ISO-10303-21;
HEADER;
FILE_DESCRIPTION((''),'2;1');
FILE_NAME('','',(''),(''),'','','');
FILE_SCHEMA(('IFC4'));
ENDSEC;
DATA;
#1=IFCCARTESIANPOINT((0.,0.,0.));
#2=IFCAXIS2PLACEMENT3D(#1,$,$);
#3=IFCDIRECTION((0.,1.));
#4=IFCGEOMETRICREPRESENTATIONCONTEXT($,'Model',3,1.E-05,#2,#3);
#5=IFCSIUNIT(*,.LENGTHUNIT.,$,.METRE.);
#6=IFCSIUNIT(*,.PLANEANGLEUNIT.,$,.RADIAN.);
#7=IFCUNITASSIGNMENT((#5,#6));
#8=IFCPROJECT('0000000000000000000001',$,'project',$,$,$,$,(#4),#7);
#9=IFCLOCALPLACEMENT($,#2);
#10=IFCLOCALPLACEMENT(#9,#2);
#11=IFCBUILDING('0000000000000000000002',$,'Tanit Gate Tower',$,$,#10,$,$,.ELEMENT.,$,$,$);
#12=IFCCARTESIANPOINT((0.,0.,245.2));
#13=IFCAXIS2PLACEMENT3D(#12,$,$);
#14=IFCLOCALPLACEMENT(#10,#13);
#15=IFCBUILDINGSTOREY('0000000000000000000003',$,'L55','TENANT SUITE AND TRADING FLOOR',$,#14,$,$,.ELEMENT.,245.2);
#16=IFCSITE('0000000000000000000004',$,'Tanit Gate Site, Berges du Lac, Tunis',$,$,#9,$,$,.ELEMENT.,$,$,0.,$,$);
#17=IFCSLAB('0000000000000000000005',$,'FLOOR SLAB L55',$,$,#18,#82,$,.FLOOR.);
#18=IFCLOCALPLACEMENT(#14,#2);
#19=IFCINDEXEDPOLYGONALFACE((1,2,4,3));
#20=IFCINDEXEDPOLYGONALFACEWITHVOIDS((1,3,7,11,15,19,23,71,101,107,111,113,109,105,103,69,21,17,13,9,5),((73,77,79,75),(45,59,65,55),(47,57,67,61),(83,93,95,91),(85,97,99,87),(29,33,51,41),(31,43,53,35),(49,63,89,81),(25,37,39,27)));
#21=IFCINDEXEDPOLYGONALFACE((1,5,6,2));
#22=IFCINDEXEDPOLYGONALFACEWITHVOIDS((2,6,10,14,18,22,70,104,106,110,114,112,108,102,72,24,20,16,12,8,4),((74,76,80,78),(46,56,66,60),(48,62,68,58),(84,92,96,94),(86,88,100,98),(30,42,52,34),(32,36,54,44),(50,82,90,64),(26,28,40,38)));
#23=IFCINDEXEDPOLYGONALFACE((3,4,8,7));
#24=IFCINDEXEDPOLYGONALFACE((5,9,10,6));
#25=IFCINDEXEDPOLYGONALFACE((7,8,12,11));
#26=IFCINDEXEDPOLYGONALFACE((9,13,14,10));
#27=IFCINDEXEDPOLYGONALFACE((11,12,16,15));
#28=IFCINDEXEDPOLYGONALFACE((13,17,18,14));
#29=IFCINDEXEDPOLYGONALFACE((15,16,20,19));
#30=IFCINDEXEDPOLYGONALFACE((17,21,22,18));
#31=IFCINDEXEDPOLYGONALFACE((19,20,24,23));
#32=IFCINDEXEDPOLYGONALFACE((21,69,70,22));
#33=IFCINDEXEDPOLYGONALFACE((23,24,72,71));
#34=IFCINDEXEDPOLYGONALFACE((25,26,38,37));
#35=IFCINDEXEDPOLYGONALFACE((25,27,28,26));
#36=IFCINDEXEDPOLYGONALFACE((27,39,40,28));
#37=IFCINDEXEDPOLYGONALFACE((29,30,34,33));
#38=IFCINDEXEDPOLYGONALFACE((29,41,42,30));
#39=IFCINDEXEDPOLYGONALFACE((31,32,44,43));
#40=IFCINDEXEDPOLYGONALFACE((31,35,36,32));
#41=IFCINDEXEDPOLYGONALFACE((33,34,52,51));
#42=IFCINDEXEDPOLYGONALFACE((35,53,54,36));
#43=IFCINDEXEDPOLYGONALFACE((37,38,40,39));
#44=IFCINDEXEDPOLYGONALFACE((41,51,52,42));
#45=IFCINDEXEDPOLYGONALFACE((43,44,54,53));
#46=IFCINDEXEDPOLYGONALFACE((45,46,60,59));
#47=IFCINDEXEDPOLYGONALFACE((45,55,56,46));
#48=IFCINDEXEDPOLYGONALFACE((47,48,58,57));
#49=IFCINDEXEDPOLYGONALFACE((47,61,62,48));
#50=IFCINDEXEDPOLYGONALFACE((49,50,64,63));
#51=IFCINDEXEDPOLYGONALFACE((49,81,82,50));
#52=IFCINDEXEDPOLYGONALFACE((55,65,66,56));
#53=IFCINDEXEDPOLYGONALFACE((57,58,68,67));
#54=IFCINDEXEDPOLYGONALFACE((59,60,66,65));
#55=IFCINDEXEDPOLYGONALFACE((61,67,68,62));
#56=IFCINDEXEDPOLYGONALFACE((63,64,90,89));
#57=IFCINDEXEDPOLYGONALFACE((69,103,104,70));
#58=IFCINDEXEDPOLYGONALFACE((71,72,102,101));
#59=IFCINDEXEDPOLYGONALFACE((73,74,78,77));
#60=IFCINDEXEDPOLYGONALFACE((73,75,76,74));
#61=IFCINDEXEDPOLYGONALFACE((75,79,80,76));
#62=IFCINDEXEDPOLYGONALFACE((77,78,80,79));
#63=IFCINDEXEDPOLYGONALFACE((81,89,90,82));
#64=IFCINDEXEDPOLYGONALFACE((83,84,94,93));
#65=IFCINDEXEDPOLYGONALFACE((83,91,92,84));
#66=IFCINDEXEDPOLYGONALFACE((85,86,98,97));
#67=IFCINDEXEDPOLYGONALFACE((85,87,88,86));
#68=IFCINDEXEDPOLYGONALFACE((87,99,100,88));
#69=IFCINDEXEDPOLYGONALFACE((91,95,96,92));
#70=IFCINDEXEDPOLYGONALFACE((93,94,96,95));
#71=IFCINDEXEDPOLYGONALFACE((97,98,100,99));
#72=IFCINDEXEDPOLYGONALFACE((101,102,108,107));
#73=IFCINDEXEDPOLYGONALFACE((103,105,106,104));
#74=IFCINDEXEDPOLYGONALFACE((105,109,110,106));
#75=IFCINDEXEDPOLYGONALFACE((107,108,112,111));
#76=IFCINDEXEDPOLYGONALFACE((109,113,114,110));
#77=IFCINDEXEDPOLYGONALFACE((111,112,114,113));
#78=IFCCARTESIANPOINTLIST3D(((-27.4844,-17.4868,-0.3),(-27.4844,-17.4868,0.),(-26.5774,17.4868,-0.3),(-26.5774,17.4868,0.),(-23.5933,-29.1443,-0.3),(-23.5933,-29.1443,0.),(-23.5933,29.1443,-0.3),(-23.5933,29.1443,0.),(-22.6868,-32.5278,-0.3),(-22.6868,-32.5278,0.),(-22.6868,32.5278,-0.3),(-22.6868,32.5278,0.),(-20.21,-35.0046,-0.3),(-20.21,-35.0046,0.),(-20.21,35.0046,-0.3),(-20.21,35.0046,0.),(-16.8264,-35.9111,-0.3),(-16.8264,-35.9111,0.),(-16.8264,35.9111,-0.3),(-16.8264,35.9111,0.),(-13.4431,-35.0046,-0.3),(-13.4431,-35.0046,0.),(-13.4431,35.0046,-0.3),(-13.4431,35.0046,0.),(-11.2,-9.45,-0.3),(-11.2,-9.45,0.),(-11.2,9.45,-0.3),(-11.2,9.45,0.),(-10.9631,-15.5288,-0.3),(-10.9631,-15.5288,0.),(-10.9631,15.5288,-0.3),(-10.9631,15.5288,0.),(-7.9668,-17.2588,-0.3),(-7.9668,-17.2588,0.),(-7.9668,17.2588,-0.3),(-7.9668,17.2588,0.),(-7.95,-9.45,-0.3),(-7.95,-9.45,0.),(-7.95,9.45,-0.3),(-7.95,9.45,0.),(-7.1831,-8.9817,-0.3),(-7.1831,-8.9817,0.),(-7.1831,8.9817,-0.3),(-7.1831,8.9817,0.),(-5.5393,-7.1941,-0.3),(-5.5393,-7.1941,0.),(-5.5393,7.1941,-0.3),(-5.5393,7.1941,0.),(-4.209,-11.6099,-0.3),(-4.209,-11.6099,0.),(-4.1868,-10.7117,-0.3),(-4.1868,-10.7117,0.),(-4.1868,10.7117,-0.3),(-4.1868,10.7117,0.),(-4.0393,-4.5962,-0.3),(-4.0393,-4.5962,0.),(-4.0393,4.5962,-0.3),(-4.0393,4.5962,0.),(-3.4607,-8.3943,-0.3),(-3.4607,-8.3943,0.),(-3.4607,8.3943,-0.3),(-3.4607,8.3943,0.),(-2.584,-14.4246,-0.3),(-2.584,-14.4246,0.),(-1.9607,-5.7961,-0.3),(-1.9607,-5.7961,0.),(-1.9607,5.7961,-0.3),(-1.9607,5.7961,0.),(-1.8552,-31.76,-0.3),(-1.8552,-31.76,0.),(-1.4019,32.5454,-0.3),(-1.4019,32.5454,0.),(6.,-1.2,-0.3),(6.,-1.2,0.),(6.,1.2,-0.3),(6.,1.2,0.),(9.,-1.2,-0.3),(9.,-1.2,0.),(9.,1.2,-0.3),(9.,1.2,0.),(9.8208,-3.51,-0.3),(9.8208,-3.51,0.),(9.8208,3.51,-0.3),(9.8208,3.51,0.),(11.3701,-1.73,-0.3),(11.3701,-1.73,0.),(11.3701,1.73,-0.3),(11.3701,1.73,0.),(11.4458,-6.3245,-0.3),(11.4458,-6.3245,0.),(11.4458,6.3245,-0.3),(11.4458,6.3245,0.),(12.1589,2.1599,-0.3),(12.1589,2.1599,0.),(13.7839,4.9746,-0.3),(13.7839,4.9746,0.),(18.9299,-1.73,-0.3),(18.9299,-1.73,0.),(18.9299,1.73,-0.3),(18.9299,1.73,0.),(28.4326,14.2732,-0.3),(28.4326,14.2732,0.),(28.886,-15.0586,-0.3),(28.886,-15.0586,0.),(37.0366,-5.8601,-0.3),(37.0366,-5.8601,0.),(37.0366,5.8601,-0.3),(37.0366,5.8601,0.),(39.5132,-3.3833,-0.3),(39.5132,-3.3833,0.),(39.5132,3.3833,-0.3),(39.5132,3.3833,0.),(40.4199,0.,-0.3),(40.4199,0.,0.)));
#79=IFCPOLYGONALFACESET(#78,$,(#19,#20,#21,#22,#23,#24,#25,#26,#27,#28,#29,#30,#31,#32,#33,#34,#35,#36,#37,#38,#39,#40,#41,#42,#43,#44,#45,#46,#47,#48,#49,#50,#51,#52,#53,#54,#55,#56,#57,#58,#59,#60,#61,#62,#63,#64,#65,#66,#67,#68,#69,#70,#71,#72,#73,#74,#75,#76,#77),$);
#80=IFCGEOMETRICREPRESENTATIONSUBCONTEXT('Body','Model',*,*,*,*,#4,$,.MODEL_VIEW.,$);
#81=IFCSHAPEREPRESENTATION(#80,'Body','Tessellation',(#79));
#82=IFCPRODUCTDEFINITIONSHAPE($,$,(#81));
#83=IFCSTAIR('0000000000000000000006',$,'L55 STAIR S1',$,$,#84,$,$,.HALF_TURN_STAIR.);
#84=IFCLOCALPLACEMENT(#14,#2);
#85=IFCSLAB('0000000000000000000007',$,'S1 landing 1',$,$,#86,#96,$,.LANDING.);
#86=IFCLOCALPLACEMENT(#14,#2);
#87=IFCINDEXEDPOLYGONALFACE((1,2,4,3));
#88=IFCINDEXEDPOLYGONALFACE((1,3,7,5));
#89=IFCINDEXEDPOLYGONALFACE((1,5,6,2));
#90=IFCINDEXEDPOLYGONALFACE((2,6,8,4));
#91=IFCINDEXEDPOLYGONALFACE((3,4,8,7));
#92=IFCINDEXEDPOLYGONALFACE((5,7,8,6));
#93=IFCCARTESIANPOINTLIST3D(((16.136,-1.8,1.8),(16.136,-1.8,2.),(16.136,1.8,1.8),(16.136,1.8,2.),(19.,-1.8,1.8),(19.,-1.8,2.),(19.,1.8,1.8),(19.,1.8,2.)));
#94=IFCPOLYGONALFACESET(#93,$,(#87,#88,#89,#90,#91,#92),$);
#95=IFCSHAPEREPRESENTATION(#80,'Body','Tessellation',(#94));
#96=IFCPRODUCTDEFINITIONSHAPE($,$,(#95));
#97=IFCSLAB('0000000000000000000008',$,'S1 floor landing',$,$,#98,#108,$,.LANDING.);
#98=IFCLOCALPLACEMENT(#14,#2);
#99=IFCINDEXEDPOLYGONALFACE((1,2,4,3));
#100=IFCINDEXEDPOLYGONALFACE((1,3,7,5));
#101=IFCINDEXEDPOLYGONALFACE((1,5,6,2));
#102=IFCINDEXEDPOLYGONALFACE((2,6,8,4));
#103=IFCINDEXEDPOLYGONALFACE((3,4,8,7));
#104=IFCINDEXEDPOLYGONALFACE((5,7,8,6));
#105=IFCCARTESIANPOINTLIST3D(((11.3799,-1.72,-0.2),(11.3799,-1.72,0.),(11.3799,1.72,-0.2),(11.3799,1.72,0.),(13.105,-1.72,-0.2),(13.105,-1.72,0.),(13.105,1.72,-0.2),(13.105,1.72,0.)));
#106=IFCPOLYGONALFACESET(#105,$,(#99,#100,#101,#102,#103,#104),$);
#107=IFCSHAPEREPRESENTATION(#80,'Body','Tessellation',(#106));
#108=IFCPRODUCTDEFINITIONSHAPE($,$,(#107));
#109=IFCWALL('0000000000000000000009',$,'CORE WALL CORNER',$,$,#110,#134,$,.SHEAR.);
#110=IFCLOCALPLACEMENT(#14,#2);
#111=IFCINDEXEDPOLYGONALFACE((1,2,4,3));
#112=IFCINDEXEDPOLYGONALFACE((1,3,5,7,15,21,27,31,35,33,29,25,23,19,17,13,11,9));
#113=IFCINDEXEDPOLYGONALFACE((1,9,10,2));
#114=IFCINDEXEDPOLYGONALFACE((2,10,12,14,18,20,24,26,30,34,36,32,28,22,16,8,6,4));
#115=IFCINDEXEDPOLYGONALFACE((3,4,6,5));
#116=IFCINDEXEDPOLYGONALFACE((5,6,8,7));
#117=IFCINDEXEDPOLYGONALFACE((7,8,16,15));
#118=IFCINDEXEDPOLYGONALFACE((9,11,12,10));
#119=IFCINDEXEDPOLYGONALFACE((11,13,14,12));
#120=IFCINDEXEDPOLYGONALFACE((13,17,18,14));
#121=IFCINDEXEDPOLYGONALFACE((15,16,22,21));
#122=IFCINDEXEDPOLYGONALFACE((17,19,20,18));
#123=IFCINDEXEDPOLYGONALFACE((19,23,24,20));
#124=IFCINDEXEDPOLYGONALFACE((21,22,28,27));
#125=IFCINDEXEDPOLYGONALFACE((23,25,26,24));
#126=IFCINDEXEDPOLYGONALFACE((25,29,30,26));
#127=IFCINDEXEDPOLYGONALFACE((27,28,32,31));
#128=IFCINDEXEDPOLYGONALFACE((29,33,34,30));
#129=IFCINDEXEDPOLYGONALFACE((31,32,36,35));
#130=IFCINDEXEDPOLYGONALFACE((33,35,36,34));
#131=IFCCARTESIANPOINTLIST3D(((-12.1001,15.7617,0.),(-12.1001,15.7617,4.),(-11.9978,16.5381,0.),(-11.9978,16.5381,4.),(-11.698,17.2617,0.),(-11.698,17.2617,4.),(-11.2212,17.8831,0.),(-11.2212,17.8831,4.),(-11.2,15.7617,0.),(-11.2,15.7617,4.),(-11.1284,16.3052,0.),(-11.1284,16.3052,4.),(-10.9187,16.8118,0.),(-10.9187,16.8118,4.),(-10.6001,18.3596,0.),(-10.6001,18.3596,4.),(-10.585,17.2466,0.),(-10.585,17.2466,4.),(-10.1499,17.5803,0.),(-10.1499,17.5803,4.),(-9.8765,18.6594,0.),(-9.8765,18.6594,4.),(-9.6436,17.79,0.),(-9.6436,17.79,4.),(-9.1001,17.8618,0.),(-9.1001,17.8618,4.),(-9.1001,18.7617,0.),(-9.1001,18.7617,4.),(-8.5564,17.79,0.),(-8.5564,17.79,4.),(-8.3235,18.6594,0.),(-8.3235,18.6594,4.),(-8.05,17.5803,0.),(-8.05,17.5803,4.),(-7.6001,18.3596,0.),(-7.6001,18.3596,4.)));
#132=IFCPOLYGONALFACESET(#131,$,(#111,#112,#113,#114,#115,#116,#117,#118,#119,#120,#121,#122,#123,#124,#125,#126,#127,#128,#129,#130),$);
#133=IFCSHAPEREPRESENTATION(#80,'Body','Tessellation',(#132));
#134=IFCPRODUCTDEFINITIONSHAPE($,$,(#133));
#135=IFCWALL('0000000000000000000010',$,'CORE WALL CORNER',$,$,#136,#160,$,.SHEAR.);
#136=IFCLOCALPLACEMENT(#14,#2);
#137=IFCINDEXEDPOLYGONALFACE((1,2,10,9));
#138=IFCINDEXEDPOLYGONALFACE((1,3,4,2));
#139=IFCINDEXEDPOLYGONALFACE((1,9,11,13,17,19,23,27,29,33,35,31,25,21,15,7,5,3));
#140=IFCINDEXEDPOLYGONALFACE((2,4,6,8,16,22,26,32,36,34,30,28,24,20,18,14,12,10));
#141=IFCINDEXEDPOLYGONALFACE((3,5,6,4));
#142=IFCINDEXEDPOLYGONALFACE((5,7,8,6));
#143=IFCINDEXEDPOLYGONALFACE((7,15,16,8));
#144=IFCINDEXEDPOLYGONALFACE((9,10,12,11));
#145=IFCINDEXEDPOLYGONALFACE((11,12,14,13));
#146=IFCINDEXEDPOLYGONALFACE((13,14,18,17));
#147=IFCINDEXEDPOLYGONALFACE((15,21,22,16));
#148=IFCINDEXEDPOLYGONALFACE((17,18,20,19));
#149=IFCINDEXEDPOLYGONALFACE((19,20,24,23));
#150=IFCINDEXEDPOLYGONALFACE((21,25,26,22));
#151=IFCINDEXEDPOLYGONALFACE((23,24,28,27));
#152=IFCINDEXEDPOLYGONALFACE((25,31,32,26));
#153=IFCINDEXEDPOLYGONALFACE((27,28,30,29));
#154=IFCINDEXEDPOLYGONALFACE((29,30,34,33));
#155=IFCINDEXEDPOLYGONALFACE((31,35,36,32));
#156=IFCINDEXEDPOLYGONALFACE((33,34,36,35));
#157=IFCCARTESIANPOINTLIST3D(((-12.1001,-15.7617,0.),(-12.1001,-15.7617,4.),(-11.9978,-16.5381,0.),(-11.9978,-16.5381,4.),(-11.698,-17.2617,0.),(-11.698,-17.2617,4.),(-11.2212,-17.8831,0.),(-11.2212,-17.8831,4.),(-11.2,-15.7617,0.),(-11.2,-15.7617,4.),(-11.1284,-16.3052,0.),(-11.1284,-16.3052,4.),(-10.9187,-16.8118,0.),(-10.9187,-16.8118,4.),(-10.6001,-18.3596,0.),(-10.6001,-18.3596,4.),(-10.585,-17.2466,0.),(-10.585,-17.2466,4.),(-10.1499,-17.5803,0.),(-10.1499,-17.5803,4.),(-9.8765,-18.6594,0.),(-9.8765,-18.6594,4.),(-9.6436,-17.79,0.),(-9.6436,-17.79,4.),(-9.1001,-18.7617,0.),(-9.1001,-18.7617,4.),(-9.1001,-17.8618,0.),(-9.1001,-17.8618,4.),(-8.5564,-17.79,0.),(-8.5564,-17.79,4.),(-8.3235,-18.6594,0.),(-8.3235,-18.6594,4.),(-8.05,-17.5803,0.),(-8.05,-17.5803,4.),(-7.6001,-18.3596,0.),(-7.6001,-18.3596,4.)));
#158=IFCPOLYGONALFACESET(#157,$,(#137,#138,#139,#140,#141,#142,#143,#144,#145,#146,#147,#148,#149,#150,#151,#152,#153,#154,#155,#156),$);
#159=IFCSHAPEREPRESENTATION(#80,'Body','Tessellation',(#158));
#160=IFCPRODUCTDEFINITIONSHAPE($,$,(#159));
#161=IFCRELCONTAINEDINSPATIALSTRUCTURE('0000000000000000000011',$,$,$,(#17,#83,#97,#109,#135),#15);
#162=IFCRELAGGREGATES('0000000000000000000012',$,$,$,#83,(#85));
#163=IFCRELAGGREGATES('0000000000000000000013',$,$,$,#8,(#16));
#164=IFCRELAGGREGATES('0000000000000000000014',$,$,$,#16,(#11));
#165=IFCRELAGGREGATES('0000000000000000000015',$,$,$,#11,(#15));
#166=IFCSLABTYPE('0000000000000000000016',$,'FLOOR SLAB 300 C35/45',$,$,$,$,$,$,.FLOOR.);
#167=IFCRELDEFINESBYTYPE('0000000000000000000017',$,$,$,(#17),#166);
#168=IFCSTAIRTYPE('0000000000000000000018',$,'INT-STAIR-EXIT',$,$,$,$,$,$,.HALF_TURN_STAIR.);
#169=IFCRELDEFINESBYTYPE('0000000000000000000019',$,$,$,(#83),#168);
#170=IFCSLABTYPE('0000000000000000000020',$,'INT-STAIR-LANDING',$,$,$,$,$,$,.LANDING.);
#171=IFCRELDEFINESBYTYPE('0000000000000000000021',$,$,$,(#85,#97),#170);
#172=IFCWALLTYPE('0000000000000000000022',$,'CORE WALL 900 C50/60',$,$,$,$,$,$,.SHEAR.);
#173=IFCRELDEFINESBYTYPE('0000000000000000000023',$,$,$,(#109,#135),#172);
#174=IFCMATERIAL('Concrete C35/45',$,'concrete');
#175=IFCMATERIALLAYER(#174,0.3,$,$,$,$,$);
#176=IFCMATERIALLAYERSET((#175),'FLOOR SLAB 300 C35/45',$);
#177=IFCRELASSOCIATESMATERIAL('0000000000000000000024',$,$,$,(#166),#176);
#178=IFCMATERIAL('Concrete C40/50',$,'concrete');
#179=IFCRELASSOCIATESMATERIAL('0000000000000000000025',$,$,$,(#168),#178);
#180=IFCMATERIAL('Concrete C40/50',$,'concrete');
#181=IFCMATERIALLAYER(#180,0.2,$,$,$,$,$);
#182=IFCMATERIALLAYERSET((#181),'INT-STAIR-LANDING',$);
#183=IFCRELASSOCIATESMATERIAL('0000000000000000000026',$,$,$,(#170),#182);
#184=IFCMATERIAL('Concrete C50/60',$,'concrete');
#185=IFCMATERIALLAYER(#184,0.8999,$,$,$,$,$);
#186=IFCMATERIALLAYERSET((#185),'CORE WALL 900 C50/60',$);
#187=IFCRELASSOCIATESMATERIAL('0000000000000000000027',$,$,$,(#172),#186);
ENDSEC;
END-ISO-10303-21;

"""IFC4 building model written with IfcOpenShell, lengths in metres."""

from ifc_helpers import new_model, si_unit, direction, frame, origin, place, context, subcontext, project, spatial, polyline, outline, extrude, material, layer, layer_set, type_object, element, aggregate, save


model = new_model("IFC4")

# Units and contexts
model_context = context("Model", 3, precision=1e-05, world=origin(), true_north=direction((0.0, 1.0)))
body_context = subcontext(model_context, "Body", "Model", "MODEL_VIEW")
ifc_project = project(units=[si_unit("LENGTHUNIT", "METRE"), si_unit("PLANEANGLEUNIT", "RADIAN")], contexts=[model_context])

# Site, building, storey
site_placement = place(None, origin())
site = spatial("IfcSite", under=ifc_project, at=site_placement, Name="Tanit Gate Site, Berges du Lac, Tunis", CompositionType="ELEMENT", RefElevation=0.0)
building_placement = place(site_placement, origin())
building = spatial("IfcBuilding", under=site, at=building_placement, Name="Tanit Gate Tower", CompositionType="ELEMENT")
storey_placement = place(building_placement, frame((0.0, 0.0, 245.2)))
storey = spatial("IfcBuildingStorey", under=building, at=storey_placement, Name="L55", Description="TENANT SUITE AND TRADING FLOOR", CompositionType="ELEMENT", Elevation=245.2)

# Slab
ifc_material_1 = material(Name="Concrete C35/45", Category="concrete")
ifc_layer_1 = layer(ifc_material_1, 0.3)
ifc_layer_set_1 = layer_set([ifc_layer_1], Name="FLOOR SLAB 300 C35/45")
slab_type_1 = type_object("IfcSlabType", Name="FLOOR SLAB 300 C35/45", PredefinedType="FLOOR", material=ifc_layer_set_1)
slab_1_placement = place(storey_placement, frame((0.0, 0.0, -0.3)))
element("IfcSlab", 1, at=slab_1_placement, inside=storey, type_object=slab_type_1, Name="FLOOR SLAB L55", PredefinedType="FLOOR", context=body_context, shape_type="SweptSolid", body=[
    extrude(outline(polyline([(37.0366, 5.8601), (39.5132, 3.3833), (40.4199, 0.0), (39.5132, -3.3833), (37.0366, -5.8601), (28.886, -15.0586), (-1.8552, -31.76), (-13.4431, -35.0046), (-16.8264, -35.9111), (-20.21, -35.0046), (-22.6868, -32.5278), (-23.5933, -29.1443), (-27.4844, -17.4868), (-26.5774, 17.4868), (-23.5933, 29.1443), (-22.6868, 32.5278), (-20.21, 35.0046), (-16.8264, 35.9111), (-13.4431, 35.0046), (-1.4019, 32.5454), (28.4326, 14.2732), (37.0366, 5.8601)]), holes=[polyline([(11.3701, 1.73), (18.9299, 1.73), (18.9299, -1.73), (11.3701, -1.73), (11.3701, 1.73)]), polyline([(9.8208, 3.51), (11.4458, 6.3245), (13.7839, 4.9746), (12.1589, 2.1599), (9.8208, 3.51)]), polyline([(-4.209, -11.6099), (9.8208, -3.51), (11.4458, -6.3245), (-2.584, -14.4246), (-4.209, -11.6099)]), polyline([(6.0, 1.2), (9.0, 1.2), (9.0, -1.2), (6.0, -1.2), (6.0, 1.2)]), polyline([(-5.5393, 7.1941), (-3.4607, 8.3943), (-1.9607, 5.7961), (-4.0393, 4.5962), (-5.5393, 7.1941)]), polyline([(-1.9607, -5.7961), (-3.4607, -8.3943), (-5.5393, -7.1941), (-4.0393, -4.5962), (-1.9607, -5.7961)]), polyline([(-10.9631, 15.5288), (-7.9668, 17.2588), (-4.1868, 10.7117), (-7.1831, 8.9817), (-10.9631, 15.5288)]), polyline([(-4.1868, -10.7117), (-7.9668, -17.2588), (-10.9631, -15.5288), (-7.1831, -8.9817), (-4.1868, -10.7117)]), polyline([(-11.2, -9.45), (-11.2, 9.45), (-7.95, 9.45), (-7.95, -9.45), (-11.2, -9.45)])]), origin(), (0.0, 0.0, 1.0), 0.3),
])

# Stair, slab
ifc_material_2 = material(Name="Concrete C40/50", Category="concrete")
stair_type = type_object("IfcStairType", Name="INT-STAIR-EXIT", PredefinedType="HALF_TURN_STAIR", material=ifc_material_2)
stair_placement = place(storey_placement, origin())
stair = element("IfcStair", 2, at=stair_placement, inside=storey, type_object=stair_type, Name="L55 STAIR S1", PredefinedType="HALF_TURN_STAIR")
ifc_material_3 = material(Name="Concrete C40/50", Category="concrete")
ifc_layer_2 = layer(ifc_material_3, 0.2)
ifc_layer_set_2 = layer_set([ifc_layer_2], Name="INT-STAIR-LANDING")
slab_type_2 = type_object("IfcSlabType", Name="INT-STAIR-LANDING", PredefinedType="LANDING", material=ifc_layer_set_2)
slab_2_placement = place(storey_placement, frame((0.0, 0.0, 1.8)))
slab_2 = element("IfcSlab", 3, at=slab_2_placement, type_object=slab_type_2, Name="S1 landing 1", PredefinedType="LANDING", context=body_context, shape_type="SweptSolid", body=[
    extrude(outline(polyline([(16.136, -1.8), (19.0, -1.8), (19.0, 1.8), (16.136, 1.8), (16.136, -1.8)])), origin(), (0.0, 0.0, 1.0), 0.2),
])
aggregate(stair, [slab_2])

# Slab
slab_3_placement = place(storey_placement, frame((0.0, 0.0, -0.2)))
element("IfcSlab", 4, at=slab_3_placement, inside=storey, type_object=slab_type_2, Name="S1 floor landing", PredefinedType="LANDING", context=body_context, shape_type="SweptSolid", body=[
    extrude(outline(polyline([(11.3799, -1.72), (13.105, -1.72), (13.105, 1.72), (11.3799, 1.72), (11.3799, -1.72)])), origin(), (0.0, 0.0, 1.0), 0.2),
])

# Walls
ifc_material_4 = material(Name="Concrete C50/60", Category="concrete")
ifc_layer_3 = layer(ifc_material_4, 0.8999)
ifc_layer_set_3 = layer_set([ifc_layer_3], Name="CORE WALL 900 C50/60")
wall_type_1 = type_object("IfcWallType", Name="CORE WALL 900 C50/60", PredefinedType="SHEAR", material=ifc_layer_set_3)
wall_1_placement = place(storey_placement, origin())
element("IfcWall", 5, at=wall_1_placement, inside=storey, type_object=wall_type_1, Name="CORE WALL CORNER", PredefinedType="SHEAR", context=body_context, shape_type="SweptSolid", body=[
    extrude(outline(polyline([(-7.6001, 18.3596), (-8.3235, 18.6594), (-9.1001, 18.7617), (-9.8765, 18.6594), (-10.6001, 18.3596), (-11.2212, 17.8831), (-11.698, 17.2617), (-11.9978, 16.5381), (-12.1001, 15.7617), (-11.2, 15.7617), (-11.1284, 16.3052), (-10.9187, 16.8118), (-10.585, 17.2466), (-10.1499, 17.5803), (-9.6436, 17.79), (-9.1001, 17.8618), (-8.5564, 17.79), (-8.05, 17.5803), (-7.6001, 18.3596)])), origin(), (0.0, 0.0, 1.0), 4.0),
])
wall_2_placement = place(storey_placement, origin())
element("IfcWall", 6, at=wall_2_placement, inside=storey, type_object=wall_type_1, Name="CORE WALL CORNER", PredefinedType="SHEAR", context=body_context, shape_type="SweptSolid", body=[
    extrude(outline(polyline([(-12.1001, -15.7617), (-11.9978, -16.5381), (-11.698, -17.2617), (-11.2212, -17.8831), (-10.6001, -18.3596), (-9.8765, -18.6594), (-9.1001, -18.7617), (-8.3235, -18.6594), (-7.6001, -18.3596), (-8.05, -17.5803), (-8.5564, -17.79), (-9.1001, -17.8618), (-9.6436, -17.79), (-10.1499, -17.5803), (-10.585, -17.2466), (-10.9187, -16.8118), (-11.1284, -16.3052), (-11.2, -15.7617), (-12.1001, -15.7617)])), origin(), (0.0, 0.0, 1.0), 4.0),
])

save(model, "model.ifc")
